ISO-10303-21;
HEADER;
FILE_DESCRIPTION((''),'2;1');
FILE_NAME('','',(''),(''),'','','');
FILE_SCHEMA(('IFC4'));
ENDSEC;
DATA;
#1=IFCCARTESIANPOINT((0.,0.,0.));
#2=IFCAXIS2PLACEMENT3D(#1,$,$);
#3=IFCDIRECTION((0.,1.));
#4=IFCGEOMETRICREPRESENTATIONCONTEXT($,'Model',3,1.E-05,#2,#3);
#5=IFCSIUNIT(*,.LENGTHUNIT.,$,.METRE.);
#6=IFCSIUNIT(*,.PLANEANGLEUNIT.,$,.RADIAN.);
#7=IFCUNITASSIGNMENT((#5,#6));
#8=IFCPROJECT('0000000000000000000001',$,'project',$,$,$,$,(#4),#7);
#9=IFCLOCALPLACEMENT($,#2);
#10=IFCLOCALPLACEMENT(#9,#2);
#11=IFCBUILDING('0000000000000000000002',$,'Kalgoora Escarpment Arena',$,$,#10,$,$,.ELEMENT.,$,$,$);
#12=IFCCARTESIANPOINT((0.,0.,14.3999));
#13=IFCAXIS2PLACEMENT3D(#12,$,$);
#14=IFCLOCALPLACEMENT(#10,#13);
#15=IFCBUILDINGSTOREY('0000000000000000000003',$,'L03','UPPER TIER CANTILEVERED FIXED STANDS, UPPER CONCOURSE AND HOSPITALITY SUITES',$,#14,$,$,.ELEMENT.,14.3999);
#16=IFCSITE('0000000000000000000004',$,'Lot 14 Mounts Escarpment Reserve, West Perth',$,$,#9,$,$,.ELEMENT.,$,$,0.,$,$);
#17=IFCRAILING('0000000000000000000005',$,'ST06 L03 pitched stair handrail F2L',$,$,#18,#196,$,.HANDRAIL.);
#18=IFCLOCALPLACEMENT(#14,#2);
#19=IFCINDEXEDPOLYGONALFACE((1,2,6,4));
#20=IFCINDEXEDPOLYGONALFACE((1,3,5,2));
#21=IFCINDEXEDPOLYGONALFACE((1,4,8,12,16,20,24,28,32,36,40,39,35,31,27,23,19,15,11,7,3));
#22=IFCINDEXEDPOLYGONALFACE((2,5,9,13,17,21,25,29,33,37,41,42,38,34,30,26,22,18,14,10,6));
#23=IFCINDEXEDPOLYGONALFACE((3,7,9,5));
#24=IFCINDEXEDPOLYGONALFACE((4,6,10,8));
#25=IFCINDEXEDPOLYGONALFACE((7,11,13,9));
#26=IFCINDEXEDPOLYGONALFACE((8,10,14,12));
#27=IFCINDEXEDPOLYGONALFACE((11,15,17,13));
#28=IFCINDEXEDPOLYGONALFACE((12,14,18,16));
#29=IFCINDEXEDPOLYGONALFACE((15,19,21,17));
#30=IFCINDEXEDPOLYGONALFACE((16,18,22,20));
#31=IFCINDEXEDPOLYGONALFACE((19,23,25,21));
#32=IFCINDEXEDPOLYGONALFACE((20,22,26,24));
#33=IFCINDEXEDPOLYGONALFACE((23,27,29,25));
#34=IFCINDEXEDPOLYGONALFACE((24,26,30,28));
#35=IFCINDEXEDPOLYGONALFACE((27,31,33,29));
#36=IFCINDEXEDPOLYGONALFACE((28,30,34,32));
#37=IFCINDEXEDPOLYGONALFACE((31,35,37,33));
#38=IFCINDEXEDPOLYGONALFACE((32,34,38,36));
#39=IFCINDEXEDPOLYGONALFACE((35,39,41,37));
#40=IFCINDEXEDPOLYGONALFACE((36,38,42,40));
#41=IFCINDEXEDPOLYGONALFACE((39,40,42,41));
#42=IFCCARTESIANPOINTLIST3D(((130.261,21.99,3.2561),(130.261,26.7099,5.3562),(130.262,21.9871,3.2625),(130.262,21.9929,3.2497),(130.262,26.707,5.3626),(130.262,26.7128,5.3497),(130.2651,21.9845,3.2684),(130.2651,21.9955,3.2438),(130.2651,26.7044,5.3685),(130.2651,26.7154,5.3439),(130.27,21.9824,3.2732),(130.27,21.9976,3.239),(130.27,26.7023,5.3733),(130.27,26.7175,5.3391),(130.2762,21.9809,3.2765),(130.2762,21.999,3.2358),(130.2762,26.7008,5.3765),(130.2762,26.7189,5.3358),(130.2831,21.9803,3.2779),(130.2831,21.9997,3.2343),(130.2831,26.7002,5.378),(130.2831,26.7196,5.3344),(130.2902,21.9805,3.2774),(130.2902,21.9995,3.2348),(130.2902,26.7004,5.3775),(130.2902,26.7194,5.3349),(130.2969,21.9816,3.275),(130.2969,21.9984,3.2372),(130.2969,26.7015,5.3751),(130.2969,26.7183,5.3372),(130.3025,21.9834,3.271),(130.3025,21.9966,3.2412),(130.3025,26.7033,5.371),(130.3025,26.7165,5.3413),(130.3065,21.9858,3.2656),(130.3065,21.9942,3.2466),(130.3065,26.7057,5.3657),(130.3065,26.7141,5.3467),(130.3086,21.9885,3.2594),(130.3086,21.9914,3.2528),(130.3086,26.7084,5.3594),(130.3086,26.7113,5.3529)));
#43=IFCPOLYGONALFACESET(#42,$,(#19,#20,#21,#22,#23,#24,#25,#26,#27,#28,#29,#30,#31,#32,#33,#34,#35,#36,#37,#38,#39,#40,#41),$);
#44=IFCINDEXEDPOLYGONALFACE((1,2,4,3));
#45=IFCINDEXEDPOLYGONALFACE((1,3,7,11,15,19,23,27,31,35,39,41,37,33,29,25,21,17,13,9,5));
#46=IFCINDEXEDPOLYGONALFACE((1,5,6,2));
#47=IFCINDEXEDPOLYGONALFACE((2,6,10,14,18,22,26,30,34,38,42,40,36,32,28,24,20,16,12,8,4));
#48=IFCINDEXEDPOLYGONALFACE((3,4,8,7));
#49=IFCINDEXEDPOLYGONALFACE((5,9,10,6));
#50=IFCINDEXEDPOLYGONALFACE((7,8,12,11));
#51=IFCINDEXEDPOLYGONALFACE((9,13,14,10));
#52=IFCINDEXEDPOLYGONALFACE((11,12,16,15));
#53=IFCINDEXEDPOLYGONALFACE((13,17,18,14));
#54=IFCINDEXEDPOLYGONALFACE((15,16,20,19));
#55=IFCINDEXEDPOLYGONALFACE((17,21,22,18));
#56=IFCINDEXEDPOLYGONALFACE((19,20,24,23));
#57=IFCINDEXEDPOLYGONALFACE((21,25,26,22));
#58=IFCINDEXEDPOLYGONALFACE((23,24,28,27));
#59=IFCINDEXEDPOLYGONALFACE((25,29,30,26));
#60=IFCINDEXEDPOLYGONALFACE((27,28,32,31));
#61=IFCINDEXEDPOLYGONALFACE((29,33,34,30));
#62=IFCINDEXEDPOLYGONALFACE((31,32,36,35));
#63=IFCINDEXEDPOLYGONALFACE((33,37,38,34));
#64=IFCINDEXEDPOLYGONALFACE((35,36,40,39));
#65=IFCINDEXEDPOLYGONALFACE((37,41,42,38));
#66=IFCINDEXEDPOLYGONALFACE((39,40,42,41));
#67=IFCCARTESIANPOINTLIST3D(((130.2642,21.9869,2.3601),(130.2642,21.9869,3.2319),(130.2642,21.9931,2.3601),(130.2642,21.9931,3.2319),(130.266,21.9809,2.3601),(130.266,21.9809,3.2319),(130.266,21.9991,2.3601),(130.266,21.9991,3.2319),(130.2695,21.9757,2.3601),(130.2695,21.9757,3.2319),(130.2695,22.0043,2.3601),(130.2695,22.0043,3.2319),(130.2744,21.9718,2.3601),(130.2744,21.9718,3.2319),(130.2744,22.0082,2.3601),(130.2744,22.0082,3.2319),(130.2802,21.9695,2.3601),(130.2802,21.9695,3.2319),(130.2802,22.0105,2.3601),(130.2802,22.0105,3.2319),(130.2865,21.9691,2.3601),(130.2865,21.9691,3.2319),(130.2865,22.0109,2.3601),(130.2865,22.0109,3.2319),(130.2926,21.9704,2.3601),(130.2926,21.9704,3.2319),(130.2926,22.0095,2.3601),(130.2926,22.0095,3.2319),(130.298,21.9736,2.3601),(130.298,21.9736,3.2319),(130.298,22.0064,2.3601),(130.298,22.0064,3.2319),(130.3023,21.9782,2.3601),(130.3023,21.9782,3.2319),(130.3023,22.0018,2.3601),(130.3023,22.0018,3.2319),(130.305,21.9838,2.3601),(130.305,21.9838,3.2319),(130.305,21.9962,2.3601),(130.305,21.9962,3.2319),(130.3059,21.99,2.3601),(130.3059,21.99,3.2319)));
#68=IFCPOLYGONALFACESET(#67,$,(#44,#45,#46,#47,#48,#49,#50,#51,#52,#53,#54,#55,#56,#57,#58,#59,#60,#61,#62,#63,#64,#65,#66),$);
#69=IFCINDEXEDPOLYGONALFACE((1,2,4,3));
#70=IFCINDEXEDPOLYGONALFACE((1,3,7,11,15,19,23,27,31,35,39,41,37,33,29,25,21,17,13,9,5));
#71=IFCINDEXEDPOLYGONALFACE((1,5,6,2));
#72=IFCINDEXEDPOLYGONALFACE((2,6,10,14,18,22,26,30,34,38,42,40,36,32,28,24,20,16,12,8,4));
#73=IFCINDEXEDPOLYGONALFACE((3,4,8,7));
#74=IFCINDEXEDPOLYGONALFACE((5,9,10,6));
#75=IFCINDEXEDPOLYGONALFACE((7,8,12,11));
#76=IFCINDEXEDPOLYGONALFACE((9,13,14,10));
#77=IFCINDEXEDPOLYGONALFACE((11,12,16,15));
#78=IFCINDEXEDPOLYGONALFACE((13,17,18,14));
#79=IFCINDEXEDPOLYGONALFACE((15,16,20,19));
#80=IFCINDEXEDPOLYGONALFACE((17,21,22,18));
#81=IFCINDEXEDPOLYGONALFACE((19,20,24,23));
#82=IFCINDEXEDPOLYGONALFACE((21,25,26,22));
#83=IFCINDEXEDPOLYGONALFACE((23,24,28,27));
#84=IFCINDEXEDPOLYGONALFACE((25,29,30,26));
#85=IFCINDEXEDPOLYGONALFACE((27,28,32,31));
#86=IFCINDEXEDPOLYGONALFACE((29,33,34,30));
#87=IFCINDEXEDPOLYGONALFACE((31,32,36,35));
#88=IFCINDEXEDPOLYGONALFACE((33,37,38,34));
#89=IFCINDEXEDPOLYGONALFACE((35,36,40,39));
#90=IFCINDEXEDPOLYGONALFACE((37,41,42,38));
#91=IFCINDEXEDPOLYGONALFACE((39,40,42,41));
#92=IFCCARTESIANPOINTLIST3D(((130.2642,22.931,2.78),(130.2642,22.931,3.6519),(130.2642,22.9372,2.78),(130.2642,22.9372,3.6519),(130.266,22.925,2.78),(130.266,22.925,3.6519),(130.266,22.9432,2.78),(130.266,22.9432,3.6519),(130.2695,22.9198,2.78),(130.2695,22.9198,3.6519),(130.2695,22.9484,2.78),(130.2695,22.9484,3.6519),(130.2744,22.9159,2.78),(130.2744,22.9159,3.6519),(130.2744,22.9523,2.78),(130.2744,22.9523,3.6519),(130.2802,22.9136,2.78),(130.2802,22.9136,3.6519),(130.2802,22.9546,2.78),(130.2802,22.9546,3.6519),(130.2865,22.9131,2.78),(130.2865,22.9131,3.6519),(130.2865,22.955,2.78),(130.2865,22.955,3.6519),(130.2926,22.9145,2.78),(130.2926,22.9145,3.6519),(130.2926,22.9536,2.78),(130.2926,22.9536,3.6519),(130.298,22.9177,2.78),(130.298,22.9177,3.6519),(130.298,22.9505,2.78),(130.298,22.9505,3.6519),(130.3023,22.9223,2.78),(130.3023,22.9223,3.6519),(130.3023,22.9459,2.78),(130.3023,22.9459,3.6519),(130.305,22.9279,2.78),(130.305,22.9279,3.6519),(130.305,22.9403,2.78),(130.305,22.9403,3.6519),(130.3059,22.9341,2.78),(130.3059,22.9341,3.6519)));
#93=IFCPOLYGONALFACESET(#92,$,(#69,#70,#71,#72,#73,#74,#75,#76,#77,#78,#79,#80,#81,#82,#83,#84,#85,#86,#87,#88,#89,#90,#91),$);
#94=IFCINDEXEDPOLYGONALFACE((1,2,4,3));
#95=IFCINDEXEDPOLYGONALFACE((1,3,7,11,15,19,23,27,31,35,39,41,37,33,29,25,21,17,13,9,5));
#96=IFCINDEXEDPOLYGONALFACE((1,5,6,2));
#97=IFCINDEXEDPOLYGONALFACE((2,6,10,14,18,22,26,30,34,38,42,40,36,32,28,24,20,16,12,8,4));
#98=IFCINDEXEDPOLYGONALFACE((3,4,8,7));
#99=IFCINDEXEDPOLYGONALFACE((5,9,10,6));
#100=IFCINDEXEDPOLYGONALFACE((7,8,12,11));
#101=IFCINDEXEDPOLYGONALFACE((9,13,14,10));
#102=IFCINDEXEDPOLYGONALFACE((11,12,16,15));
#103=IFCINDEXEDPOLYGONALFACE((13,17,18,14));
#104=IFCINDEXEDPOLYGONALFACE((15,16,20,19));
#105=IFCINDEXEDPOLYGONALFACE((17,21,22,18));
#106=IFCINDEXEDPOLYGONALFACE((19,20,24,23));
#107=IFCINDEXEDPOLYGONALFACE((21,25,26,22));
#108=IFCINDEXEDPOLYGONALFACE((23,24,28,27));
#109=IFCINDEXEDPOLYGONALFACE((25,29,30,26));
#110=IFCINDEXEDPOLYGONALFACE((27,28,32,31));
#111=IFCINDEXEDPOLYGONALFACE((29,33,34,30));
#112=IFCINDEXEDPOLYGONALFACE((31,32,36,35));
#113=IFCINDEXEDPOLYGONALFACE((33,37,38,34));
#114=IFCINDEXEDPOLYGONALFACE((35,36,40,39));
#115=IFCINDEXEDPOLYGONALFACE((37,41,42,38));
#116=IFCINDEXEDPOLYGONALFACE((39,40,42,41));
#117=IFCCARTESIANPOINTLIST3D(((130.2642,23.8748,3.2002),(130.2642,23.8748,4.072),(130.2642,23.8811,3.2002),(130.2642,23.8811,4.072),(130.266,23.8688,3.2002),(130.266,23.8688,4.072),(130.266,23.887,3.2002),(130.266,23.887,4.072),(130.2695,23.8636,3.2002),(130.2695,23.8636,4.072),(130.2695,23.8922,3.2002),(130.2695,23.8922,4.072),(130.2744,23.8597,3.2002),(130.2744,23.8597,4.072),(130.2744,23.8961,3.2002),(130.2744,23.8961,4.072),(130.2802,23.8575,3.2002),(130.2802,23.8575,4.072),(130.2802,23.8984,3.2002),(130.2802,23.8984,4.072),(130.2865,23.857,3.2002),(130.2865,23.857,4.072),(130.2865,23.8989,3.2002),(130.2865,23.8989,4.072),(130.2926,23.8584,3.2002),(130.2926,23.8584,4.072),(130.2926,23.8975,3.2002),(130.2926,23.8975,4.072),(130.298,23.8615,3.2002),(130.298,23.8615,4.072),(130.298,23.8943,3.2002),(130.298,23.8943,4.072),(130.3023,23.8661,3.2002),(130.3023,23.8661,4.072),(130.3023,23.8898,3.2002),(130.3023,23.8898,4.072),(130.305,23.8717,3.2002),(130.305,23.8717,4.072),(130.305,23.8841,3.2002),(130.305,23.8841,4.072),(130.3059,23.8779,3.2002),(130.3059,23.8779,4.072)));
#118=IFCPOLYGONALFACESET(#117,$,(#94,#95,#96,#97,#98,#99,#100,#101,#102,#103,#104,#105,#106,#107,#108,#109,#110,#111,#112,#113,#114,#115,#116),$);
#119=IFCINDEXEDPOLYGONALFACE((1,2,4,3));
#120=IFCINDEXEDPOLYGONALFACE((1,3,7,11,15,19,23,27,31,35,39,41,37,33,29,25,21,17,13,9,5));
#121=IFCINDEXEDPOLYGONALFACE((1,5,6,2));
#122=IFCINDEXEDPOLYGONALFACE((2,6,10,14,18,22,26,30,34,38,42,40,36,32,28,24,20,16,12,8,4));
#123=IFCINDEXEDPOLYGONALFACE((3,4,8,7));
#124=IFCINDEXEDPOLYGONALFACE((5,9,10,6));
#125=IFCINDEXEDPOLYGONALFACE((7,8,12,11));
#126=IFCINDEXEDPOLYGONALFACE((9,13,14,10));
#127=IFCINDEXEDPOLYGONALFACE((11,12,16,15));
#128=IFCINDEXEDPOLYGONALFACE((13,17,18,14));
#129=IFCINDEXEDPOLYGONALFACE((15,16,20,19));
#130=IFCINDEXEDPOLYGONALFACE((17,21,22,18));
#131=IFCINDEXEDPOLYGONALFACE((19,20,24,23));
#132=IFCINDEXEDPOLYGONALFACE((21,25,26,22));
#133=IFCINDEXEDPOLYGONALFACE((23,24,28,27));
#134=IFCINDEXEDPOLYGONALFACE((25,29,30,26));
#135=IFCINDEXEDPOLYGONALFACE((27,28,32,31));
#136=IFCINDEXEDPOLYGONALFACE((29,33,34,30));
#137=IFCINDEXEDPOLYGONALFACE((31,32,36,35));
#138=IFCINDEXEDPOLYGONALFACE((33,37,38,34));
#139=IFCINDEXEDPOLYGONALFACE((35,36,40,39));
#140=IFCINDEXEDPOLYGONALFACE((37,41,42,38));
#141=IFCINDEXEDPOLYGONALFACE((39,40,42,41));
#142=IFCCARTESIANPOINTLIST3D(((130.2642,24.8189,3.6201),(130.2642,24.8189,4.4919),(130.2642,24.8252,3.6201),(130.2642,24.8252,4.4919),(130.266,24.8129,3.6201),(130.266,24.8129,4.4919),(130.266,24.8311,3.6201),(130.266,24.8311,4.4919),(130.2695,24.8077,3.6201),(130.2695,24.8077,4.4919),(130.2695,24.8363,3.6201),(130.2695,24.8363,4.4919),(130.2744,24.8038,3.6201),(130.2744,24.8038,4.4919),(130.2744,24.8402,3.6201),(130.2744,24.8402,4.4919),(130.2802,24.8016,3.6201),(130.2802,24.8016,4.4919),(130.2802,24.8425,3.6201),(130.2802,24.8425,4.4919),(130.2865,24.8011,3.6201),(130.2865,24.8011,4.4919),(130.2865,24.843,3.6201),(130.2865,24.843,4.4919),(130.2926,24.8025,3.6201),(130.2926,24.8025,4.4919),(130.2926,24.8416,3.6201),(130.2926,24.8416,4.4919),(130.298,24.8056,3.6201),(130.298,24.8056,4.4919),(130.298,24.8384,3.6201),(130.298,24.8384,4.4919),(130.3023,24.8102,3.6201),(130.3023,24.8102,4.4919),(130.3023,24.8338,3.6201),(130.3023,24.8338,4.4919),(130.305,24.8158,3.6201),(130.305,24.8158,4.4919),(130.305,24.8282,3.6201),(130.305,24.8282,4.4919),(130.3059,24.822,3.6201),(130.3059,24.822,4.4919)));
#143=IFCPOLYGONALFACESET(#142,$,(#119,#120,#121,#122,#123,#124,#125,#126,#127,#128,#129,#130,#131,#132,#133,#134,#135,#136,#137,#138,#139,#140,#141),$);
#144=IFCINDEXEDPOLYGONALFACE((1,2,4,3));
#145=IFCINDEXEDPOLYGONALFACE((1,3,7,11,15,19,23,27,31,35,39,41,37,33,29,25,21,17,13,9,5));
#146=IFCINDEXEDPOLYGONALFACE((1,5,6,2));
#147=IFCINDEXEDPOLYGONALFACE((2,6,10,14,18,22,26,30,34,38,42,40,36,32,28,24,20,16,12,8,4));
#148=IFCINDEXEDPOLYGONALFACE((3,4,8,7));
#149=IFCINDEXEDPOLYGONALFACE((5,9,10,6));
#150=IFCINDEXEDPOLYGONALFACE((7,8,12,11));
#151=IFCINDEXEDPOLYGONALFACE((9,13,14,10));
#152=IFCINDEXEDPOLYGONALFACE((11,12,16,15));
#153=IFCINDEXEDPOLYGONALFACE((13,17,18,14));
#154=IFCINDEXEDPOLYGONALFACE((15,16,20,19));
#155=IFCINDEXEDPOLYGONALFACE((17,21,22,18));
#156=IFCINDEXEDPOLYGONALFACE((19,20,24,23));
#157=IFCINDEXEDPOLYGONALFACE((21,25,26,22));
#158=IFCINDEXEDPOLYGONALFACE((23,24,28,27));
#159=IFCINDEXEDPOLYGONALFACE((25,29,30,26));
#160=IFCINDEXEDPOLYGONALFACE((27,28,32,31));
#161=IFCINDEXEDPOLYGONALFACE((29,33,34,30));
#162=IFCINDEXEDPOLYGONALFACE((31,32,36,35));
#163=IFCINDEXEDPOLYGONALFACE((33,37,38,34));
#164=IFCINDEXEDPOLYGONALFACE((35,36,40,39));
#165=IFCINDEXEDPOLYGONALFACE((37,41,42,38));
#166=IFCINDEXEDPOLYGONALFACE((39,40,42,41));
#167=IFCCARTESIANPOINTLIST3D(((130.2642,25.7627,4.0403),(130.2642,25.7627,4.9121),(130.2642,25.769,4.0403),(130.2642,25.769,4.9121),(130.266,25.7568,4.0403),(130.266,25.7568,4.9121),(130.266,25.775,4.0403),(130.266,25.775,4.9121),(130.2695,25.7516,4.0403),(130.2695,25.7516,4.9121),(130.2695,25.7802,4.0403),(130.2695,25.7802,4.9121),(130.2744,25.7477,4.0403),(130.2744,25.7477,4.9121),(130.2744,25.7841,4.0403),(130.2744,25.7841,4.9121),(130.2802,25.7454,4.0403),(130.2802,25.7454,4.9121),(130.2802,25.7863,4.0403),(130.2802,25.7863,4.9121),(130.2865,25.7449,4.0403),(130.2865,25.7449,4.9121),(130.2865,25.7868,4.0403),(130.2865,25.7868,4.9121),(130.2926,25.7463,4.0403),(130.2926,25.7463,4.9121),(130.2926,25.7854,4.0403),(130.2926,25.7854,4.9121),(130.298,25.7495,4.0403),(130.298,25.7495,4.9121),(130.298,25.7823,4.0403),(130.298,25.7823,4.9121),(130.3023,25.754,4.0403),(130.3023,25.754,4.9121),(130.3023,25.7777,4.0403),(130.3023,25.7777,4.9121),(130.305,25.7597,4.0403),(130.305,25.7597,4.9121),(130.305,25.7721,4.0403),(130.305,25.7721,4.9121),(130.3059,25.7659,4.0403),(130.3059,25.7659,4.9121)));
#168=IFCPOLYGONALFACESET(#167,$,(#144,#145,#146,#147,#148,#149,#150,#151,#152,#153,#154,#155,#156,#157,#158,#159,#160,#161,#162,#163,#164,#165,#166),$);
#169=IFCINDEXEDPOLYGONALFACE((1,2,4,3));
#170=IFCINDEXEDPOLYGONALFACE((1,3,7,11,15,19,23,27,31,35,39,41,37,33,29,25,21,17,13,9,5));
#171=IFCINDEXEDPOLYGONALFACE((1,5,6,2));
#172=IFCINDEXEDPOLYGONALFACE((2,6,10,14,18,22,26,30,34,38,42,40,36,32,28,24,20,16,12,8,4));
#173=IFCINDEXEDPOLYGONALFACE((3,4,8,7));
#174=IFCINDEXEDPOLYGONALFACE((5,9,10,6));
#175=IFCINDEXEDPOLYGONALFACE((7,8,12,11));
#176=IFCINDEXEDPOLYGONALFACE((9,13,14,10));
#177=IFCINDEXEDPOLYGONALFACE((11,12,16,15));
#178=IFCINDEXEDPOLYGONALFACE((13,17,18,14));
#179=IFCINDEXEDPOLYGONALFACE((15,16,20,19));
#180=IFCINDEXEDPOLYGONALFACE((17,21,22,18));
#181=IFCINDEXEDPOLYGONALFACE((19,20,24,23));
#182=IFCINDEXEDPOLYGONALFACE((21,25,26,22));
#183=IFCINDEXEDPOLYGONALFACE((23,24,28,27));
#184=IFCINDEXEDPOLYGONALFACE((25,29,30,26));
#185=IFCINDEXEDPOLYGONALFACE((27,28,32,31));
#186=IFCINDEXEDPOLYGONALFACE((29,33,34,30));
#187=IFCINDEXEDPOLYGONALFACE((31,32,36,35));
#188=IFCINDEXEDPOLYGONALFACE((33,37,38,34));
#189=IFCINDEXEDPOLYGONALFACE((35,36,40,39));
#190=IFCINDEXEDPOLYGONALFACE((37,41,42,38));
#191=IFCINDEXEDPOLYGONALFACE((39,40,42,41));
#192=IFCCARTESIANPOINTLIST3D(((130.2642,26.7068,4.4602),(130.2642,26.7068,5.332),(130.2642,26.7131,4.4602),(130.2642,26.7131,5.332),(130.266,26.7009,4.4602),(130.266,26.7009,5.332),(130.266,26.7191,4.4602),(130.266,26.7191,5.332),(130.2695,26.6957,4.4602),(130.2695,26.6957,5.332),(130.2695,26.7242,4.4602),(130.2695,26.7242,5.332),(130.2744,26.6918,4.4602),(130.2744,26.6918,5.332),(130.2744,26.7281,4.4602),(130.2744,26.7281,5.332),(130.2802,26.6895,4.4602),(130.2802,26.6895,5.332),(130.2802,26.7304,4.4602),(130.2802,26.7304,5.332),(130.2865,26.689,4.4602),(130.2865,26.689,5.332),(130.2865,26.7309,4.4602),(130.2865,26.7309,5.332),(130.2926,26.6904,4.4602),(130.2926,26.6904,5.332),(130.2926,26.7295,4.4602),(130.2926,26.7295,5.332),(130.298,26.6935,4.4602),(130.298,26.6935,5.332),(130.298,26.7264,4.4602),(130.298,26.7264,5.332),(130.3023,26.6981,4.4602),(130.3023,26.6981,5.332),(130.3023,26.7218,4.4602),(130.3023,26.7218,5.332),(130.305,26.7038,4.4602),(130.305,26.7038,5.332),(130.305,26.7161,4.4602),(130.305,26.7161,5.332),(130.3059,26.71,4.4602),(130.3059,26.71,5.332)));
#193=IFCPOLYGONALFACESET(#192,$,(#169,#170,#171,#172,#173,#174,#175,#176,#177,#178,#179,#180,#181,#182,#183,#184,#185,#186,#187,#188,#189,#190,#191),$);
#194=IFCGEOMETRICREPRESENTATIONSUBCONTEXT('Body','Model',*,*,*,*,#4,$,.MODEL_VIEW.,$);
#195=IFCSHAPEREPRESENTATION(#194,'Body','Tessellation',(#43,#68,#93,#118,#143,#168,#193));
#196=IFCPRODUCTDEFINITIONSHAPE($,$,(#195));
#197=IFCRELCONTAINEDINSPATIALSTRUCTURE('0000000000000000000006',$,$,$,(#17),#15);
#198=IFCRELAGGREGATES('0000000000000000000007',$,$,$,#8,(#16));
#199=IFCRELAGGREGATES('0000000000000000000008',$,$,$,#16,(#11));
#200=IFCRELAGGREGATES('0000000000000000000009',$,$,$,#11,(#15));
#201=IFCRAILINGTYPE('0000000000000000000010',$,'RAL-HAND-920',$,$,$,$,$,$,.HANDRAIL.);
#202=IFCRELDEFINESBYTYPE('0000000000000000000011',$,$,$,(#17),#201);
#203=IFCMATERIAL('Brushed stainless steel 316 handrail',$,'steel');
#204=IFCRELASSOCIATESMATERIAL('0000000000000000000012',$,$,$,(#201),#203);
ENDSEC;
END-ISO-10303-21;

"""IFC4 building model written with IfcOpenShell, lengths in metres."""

from ifc_helpers import new_model, si_unit, direction, frame, origin, origin_2d, place, context, subcontext, project, spatial, circle, extrude, material, type_object, element, save


model = new_model("IFC4")

# Units and contexts
model_context = context("Model", 3, precision=1e-05, world=origin(), true_north=direction((0.0, 1.0)))
body_context = subcontext(model_context, "Body", "Model", "MODEL_VIEW")
ifc_project = project(units=[si_unit("LENGTHUNIT", "METRE"), si_unit("PLANEANGLEUNIT", "RADIAN")], contexts=[model_context])

# Site, building, storey
site_placement = place(None, origin())
site = spatial("IfcSite", under=ifc_project, at=site_placement, Name="Lot 14 Mounts Escarpment Reserve, West Perth", CompositionType="ELEMENT", RefElevation=0.0)
building_placement = place(site_placement, origin())
building = spatial("IfcBuilding", under=site, at=building_placement, Name="Kalgoora Escarpment Arena", CompositionType="ELEMENT")
storey_placement = place(building_placement, frame((0.0, 0.0, 14.3999)))
storey = spatial("IfcBuildingStorey", under=building, at=storey_placement, Name="L03", Description="UPPER TIER CANTILEVERED FIXED STANDS, UPPER CONCOURSE AND HOSPITALITY SUITES", CompositionType="ELEMENT", Elevation=14.3999)

# Railing
ifc_material_1 = material(Name="Brushed stainless steel 316 handrail", Category="steel")
railing_type_1 = type_object("IfcRailingType", Name="RAL-HAND-920", PredefinedType="HANDRAIL", material=ifc_material_1)
railing_1_placement = place(storey_placement, frame((130.2849, 21.99, 2.3601)))
element("IfcRailing", 1, at=railing_1_placement, inside=storey, type_object=railing_type_1, Name="ST06 L03 pitched stair handrail F2L", PredefinedType="HANDRAIL", context=body_context, shape_type="SweptSolid", body=[
    extrude(circle(Radius=0.0239, at=origin_2d()), frame((0.0, 0.0, 0.896), z_axis=(0.0, 0.913644, 0.406516), x_axis=(-1.0, 0.0, 0.0)), (0.0, 0.0, 1.0), 5.166),
    extrude(circle(Radius=0.021, at=origin_2d()), origin(), (0.0, 0.0, 1.0), 0.8718),
    extrude(circle(Radius=0.021, at=origin_2d()), frame((0.0, 0.9441, 0.4199)), (0.0, 0.0, 1.0), 0.8718),
    extrude(circle(Radius=0.021, at=origin_2d()), frame((0.0, 1.8879, 0.8401)), (0.0, 0.0, 1.0), 0.8718),
    extrude(circle(Radius=0.021, at=origin_2d()), frame((0.0, 2.832, 1.26)), (0.0, 0.0, 1.0), 0.8718),
    extrude(circle(Radius=0.021, at=origin_2d()), frame((0.0, 3.7759, 1.6802)), (0.0, 0.0, 1.0), 0.8718),
    extrude(circle(Radius=0.021, at=origin_2d()), frame((0.0, 4.72, 2.1001)), (0.0, 0.0, 1.0), 0.8718),
])

save(model, "model.ifc")
